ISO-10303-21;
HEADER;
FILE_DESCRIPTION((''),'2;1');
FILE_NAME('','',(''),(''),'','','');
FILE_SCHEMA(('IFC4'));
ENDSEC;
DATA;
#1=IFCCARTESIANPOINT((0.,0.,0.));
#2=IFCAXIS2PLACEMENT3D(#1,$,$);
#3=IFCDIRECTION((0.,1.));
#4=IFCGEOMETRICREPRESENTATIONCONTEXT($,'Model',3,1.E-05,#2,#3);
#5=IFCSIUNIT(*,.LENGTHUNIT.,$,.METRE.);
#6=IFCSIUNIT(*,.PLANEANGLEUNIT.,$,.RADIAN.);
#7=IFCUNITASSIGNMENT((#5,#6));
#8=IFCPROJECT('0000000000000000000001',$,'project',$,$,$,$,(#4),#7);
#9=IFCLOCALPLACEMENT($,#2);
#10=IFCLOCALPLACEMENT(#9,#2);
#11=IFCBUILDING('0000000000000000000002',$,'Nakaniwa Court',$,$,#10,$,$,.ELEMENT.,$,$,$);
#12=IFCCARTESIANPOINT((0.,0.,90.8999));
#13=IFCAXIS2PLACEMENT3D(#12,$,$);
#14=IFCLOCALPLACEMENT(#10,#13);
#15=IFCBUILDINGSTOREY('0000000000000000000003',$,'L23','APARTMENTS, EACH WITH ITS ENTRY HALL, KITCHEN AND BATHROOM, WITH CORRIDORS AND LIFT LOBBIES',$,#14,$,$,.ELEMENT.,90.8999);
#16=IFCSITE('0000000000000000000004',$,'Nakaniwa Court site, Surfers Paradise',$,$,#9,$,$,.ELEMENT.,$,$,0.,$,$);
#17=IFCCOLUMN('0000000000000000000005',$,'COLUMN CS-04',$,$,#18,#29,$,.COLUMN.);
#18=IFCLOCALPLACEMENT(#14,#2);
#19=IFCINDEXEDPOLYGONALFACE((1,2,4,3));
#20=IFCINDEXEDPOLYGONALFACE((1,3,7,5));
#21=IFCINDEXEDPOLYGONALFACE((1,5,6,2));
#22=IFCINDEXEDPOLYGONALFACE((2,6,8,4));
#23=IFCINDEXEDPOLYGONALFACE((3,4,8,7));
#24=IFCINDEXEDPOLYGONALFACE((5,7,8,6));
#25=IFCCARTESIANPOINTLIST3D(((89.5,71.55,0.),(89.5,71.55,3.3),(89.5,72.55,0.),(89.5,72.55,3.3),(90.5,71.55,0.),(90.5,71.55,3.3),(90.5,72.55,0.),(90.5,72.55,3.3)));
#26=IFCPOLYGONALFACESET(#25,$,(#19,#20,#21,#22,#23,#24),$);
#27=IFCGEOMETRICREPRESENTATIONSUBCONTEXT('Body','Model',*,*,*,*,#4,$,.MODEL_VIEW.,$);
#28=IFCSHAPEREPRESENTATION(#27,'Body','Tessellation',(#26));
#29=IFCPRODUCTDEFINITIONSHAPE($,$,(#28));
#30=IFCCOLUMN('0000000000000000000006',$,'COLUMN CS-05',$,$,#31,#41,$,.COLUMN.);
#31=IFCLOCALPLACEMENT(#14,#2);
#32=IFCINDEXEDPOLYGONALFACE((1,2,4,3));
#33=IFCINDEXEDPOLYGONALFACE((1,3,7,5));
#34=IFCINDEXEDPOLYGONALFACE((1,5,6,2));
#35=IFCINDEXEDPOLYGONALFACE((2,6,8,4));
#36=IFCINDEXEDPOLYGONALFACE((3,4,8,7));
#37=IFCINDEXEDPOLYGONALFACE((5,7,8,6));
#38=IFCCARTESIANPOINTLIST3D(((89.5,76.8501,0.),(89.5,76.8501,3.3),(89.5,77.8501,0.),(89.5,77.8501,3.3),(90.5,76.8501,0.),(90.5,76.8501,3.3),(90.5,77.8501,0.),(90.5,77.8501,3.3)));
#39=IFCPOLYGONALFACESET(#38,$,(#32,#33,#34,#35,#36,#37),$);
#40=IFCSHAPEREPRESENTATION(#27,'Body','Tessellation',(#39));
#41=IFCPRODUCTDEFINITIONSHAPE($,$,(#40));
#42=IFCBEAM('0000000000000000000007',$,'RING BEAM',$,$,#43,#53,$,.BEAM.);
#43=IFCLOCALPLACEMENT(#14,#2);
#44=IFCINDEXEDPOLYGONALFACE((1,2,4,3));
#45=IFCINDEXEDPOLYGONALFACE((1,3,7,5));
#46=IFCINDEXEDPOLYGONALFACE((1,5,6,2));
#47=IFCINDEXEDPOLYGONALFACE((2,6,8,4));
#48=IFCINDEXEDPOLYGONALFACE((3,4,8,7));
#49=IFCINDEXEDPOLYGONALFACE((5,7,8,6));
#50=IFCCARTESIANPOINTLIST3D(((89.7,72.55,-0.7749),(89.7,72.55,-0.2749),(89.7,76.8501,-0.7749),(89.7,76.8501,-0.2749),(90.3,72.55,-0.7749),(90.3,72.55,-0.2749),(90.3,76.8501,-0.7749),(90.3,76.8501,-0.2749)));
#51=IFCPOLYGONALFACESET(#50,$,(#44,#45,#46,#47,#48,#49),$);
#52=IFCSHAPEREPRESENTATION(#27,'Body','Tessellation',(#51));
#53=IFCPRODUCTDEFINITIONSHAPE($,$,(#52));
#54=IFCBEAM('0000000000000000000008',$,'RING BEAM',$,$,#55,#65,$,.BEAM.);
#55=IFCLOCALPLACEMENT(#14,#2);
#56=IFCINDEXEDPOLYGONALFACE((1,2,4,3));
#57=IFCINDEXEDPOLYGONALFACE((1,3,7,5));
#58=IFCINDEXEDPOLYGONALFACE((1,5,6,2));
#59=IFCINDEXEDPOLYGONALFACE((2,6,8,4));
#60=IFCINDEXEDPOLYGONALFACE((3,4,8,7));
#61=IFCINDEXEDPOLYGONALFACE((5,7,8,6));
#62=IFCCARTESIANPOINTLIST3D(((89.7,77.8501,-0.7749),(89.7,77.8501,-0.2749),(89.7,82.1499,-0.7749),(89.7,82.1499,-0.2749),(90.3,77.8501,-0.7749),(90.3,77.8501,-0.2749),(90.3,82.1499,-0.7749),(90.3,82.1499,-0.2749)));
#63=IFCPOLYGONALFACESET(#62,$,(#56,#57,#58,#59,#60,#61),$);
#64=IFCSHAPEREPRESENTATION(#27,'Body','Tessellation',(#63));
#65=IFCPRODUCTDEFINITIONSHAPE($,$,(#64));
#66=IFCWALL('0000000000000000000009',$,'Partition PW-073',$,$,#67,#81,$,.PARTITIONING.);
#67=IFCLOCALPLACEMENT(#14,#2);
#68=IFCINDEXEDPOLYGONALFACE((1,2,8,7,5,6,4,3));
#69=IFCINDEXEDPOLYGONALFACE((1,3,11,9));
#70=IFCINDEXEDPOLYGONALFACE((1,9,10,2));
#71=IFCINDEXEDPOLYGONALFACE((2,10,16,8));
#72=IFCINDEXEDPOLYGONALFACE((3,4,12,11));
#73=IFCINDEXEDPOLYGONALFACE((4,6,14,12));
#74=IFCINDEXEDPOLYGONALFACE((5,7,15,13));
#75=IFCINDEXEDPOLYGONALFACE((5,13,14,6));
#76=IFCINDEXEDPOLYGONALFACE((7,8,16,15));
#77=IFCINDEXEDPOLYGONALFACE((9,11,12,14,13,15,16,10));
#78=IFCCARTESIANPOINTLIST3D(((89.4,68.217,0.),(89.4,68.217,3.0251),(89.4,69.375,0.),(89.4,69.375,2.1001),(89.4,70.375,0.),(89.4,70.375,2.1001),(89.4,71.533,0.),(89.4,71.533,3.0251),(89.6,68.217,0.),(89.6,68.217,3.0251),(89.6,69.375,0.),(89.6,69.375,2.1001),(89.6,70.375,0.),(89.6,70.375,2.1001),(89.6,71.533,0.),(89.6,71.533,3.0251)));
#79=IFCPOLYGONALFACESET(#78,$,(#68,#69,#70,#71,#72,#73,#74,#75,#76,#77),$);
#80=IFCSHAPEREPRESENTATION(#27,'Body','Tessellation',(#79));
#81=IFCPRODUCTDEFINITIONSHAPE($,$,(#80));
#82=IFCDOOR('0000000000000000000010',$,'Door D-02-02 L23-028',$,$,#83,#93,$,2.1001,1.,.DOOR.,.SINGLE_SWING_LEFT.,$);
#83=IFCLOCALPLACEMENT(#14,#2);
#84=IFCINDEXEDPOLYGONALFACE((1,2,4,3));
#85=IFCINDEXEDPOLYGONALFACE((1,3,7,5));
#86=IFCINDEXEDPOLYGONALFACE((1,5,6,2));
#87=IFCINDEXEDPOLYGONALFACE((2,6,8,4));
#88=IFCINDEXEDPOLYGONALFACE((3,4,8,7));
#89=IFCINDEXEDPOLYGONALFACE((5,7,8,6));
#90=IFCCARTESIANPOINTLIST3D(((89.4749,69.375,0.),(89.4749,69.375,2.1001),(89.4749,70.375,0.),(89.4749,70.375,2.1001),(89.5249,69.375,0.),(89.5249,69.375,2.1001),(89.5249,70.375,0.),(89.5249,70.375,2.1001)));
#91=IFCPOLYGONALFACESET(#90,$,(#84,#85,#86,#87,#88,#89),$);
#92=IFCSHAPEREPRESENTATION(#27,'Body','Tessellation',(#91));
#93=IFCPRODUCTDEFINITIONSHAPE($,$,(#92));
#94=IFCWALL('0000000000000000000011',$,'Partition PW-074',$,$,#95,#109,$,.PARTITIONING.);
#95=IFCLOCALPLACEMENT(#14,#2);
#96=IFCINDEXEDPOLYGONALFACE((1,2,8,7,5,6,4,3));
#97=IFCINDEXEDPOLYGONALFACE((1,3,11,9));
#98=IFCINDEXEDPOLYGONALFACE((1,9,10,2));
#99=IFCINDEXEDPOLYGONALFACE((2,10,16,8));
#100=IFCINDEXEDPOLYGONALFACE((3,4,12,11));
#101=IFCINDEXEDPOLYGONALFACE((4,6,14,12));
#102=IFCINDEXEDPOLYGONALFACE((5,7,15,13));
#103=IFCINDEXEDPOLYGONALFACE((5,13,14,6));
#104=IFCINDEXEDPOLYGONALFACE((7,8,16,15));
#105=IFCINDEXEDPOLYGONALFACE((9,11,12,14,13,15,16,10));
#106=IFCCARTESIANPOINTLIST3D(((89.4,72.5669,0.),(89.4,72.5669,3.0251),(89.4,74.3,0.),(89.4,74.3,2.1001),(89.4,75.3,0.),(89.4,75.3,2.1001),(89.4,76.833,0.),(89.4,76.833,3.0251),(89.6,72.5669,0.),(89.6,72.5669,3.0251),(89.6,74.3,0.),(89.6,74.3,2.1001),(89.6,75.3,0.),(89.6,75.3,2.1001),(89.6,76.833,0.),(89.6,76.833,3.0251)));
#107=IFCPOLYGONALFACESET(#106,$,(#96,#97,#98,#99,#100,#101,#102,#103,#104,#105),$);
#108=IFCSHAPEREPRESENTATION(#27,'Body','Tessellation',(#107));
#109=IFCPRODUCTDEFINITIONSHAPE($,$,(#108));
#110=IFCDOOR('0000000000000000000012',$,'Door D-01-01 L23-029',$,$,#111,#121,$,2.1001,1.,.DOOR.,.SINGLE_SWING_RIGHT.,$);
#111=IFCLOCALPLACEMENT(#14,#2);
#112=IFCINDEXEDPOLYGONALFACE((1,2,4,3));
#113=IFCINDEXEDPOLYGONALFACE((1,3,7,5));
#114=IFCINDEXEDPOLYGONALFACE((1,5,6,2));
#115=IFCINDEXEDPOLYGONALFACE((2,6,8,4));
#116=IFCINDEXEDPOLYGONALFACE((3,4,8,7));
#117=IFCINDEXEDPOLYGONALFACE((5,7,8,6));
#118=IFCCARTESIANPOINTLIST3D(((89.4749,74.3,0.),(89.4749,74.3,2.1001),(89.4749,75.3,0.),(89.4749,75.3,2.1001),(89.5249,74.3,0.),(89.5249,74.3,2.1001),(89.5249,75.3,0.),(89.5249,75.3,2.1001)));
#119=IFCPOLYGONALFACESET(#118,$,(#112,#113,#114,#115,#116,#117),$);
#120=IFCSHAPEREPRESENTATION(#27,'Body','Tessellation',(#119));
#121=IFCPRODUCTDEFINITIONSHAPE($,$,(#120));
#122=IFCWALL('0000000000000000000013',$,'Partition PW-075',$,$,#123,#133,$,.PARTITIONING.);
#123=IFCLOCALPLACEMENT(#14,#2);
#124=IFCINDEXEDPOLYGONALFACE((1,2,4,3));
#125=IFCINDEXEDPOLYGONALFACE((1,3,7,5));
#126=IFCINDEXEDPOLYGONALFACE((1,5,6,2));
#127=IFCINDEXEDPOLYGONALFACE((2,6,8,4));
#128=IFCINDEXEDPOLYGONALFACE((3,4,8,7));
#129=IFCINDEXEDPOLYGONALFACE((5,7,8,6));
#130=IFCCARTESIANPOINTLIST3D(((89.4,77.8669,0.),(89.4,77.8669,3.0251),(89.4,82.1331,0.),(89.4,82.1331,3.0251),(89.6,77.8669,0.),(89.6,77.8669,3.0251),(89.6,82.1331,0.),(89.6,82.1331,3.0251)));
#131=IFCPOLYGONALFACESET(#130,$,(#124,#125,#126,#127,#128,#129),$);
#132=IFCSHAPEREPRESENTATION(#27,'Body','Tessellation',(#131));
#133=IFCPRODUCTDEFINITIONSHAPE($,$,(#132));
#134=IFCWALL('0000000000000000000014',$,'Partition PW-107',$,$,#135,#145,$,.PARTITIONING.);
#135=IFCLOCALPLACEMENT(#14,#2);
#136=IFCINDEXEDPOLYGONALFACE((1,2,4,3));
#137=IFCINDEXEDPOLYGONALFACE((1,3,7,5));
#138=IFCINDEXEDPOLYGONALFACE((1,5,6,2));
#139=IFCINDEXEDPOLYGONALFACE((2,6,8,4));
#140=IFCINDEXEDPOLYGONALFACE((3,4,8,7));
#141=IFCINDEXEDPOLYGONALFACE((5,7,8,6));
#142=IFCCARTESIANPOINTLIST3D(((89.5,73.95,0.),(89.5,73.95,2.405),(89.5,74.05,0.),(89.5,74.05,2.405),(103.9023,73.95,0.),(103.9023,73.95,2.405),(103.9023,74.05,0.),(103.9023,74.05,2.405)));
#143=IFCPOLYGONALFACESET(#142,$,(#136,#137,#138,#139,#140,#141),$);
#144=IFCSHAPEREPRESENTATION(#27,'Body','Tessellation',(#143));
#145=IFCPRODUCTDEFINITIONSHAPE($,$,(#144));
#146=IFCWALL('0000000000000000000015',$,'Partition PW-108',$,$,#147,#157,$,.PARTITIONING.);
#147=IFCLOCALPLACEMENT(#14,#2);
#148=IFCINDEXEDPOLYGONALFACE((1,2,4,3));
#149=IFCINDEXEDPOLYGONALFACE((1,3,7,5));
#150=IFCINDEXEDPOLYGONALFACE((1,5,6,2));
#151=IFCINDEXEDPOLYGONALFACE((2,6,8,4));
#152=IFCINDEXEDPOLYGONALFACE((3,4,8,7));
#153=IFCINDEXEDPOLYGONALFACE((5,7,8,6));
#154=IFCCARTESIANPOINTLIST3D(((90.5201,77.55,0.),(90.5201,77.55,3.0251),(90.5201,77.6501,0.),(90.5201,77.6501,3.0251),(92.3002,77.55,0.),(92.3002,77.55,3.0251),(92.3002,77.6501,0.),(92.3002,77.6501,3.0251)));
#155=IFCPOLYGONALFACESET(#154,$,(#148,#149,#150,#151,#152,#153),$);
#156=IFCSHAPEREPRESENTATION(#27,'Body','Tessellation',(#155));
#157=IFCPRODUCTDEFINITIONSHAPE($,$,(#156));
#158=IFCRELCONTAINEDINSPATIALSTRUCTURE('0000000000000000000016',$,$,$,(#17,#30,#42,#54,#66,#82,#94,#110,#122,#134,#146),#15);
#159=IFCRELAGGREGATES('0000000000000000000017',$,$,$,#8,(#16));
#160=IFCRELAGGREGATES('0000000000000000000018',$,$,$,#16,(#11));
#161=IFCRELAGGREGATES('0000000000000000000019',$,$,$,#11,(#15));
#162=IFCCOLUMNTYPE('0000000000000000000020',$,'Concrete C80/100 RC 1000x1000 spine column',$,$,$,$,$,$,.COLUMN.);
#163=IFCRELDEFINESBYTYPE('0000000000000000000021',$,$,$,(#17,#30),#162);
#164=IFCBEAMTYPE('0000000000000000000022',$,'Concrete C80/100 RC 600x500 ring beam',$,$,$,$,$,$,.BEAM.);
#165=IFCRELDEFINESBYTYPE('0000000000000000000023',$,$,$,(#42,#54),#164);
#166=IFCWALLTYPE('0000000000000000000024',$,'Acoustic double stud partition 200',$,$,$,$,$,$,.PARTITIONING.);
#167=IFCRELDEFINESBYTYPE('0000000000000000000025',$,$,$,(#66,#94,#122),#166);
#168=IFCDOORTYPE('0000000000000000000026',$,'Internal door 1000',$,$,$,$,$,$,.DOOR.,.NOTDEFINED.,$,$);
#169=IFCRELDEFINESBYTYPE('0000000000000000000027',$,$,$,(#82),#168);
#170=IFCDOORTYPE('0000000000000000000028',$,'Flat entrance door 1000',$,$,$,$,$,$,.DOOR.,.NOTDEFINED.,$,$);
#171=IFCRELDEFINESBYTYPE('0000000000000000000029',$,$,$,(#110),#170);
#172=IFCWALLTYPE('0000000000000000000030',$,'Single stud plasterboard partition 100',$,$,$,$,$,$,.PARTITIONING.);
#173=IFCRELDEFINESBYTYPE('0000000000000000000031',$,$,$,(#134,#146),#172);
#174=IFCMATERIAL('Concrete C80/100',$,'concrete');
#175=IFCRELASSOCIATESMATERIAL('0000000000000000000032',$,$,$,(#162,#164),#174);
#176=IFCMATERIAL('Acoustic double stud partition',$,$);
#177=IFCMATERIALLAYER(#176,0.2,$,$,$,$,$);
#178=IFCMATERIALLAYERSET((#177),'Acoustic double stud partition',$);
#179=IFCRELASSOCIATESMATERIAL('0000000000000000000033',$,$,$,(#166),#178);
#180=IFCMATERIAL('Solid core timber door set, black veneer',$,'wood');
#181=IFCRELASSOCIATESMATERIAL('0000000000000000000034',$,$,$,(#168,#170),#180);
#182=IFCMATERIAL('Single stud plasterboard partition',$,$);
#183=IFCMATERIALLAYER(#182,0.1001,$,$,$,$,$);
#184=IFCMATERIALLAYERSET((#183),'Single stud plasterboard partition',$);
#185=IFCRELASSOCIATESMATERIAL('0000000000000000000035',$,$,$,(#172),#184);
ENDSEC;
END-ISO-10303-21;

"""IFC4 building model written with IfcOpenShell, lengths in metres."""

from ifc_helpers import new_model, si_unit, direction, frame, frame_2d, origin, origin_2d, place, context, subcontext, project, spatial, rectangle, extrude, material, layer, layer_set, material_profile, profile_set, type_object, element, fill, save


model = new_model("IFC4")

# Units and contexts
model_context = context("Model", 3, precision=1e-05, world=origin(), true_north=direction((0.0, 1.0)))
body_context = subcontext(model_context, "Body", "Model", "MODEL_VIEW")
ifc_project = project(units=[si_unit("LENGTHUNIT", "METRE"), si_unit("PLANEANGLEUNIT", "RADIAN")], contexts=[model_context])

# Site, building, storey
site_placement = place(None, origin())
site = spatial("IfcSite", under=ifc_project, at=site_placement, Name="Nakaniwa Court site, Surfers Paradise", CompositionType="ELEMENT", RefElevation=0.0)
building_placement = place(site_placement, origin())
building = spatial("IfcBuilding", under=site, at=building_placement, Name="Nakaniwa Court", CompositionType="ELEMENT")
storey_placement = place(building_placement, frame((0.0, 0.0, 90.8999)))
storey = spatial("IfcBuildingStorey", under=building, at=storey_placement, Name="L23", Description="APARTMENTS, EACH WITH ITS ENTRY HALL, KITCHEN AND BATHROOM, WITH CORRIDORS AND LIFT LOBBIES", CompositionType="ELEMENT", Elevation=90.8999)

# Columns
ifc_material_1 = material(Name="Concrete C80/100", Category="concrete")
ifc_material_profile_1 = material_profile(ifc_material_1, rectangle(XDim=1.0, YDim=1.0, at=origin_2d()), Name="Concrete C80/100 RC 1000x1000 spine column")
ifc_profile_set_1 = profile_set([ifc_material_profile_1], Name="Concrete C80/100")
column_type = type_object("IfcColumnType", Name="Concrete C80/100 RC 1000x1000 spine column", PredefinedType="COLUMN", material=ifc_profile_set_1)
for number, where, z_axis, x_axis, name in (
    (1, (90.0, 72.05, 0.0), (0.0, 0.0, 1.0), (0.0, 1.0, 0.0), "COLUMN CS-04"),
    (2, (90.0, 77.3501, 0.0), (0.0, 0.0, 1.0), (0.0, 1.0, 0.0), "COLUMN CS-05"),
):
    element("IfcColumn", number, at=place(storey_placement, frame(where, z_axis=z_axis, x_axis=x_axis)), inside=storey, type_object=column_type, Name=name, PredefinedType="COLUMN", context=body_context, shape_type="SweptSolid", body=[
        extrude(rectangle(XDim=1.0, YDim=1.0, at=origin_2d()), origin(), (0.0, 0.0, 1.0), 3.3),
    ])

# Beams
ifc_material_profile_2 = material_profile(ifc_material_1, rectangle(XDim=0.6001, YDim=0.5, at=origin_2d()), Name="Concrete C80/100 RC 600x500 ring beam")
ifc_profile_set_2 = profile_set([ifc_material_profile_2], Name="Concrete C80/100")
beam_type = type_object("IfcBeamType", Name="Concrete C80/100 RC 600x500 ring beam", PredefinedType="BEAM", material=ifc_profile_set_2)
beam_1_placement = place(storey_placement, frame((90.0, 72.55, -0.5249), z_axis=(0.0, 1.0, 0.0), x_axis=(-1.0, 0.0, 0.0)))
element("IfcBeam", 3, at=beam_1_placement, inside=storey, type_object=beam_type, Name="RING BEAM", PredefinedType="BEAM", context=body_context, shape_type="SweptSolid", body=[
    extrude(rectangle(XDim=0.6001, YDim=0.5, at=origin_2d()), origin(), (0.0, 0.0, 1.0), 4.3),
])
beam_2_placement = place(storey_placement, frame((90.0, 77.8501, -0.5249), z_axis=(0.0, 1.0, 0.0), x_axis=(-1.0, 0.0, 0.0)))
element("IfcBeam", 4, at=beam_2_placement, inside=storey, type_object=beam_type, Name="RING BEAM", PredefinedType="BEAM", context=body_context, shape_type="SweptSolid", body=[
    extrude(rectangle(XDim=0.6001, YDim=0.5, at=origin_2d()), origin(), (0.0, 0.0, 1.0), 4.2998),
])

# Walls, openings, doors
ifc_material_2 = material(Name="Acoustic double stud partition")
ifc_layer_1 = layer(ifc_material_2, 0.2)
ifc_layer_set_1 = layer_set([ifc_layer_1], Name="Acoustic double stud partition")
wall_type_1 = type_object("IfcWallType", Name="Acoustic double stud partition 200", PredefinedType="PARTITIONING", material=ifc_layer_set_1)
wall_1_placement = place(storey_placement, frame((89.5, 71.533, 0.0), z_axis=(0.0, 0.0, 1.0), x_axis=(0.0, -1.0, 0.0)))
wall_1 = element("IfcWall", 5, at=wall_1_placement, inside=storey, type_object=wall_type_1, Name="Partition PW-073", PredefinedType="PARTITIONING", context=body_context, shape_type="SweptSolid", body=[
    extrude(rectangle(XDim=3.3159, YDim=0.2, at=frame_2d((1.658, 0.0))), origin(), (0.0, 0.0, 1.0), 3.0251),
])
opening_1_placement = place(wall_1_placement, frame((1.158, 0.0, 0.0)))
opening_1 = element("IfcOpeningElement", 6, at=opening_1_placement, cuts=wall_1, PredefinedType="OPENING", context=body_context, shape_type="SweptSolid", body=[
    extrude(rectangle(XDim=1.0, YDim=2.1001, at=frame_2d((0.5, 1.05))), frame((0.0, 0.1099, 0.0), z_axis=(0.0, -1.0, 0.0), x_axis=(1.0, 0.0, 0.0)), (0.0, 0.0, 1.0), 0.22),
])
ifc_material_3 = material(Name="Solid core timber door set, black veneer", Category="wood")
door_type_1 = type_object("IfcDoorType", Name="Internal door 1000", OperationType="NOTDEFINED", PredefinedType="DOOR", material=ifc_material_3)
door_1_placement = place(opening_1_placement, origin())
door_1 = element("IfcDoor", 7, at=door_1_placement, inside=storey, type_object=door_type_1, Name="Door D-02-02 L23-028", OperationType="SINGLE_SWING_LEFT", OverallHeight=2.1001, OverallWidth=1.0, PredefinedType="DOOR", context=body_context, shape_type="SweptSolid", body=[
    extrude(rectangle(XDim=1.0, YDim=2.1001, at=frame_2d((0.5, 1.05))), frame((0.0, 0.0249, 0.0), z_axis=(0.0, -1.0, 0.0), x_axis=(1.0, 0.0, 0.0)), (0.0, 0.0, 1.0), 0.05),
])
fill(opening_1, door_1)
wall_2_placement = place(storey_placement, frame((89.5, 76.833, 0.0), z_axis=(0.0, 0.0, 1.0), x_axis=(0.0, -1.0, 0.0)))
wall_2 = element("IfcWall", 8, at=wall_2_placement, inside=storey, type_object=wall_type_1, Name="Partition PW-074", PredefinedType="PARTITIONING", context=body_context, shape_type="SweptSolid", body=[
    extrude(rectangle(XDim=4.2661, YDim=0.2, at=frame_2d((2.1331, 0.0))), origin(), (0.0, 0.0, 1.0), 3.0251),
])
opening_2_placement = place(wall_2_placement, frame((1.533, 0.0, 0.0)))
opening_2 = element("IfcOpeningElement", 9, at=opening_2_placement, cuts=wall_2, PredefinedType="OPENING", context=body_context, shape_type="SweptSolid", body=[
    extrude(rectangle(XDim=1.0, YDim=2.1001, at=frame_2d((0.5, 1.05))), frame((0.0, 0.1099, 0.0), z_axis=(0.0, -1.0, 0.0), x_axis=(1.0, 0.0, 0.0)), (0.0, 0.0, 1.0), 0.22),
])
door_type_2 = type_object("IfcDoorType", Name="Flat entrance door 1000", OperationType="NOTDEFINED", PredefinedType="DOOR", material=ifc_material_3)
door_2_placement = place(opening_2_placement, origin())
door_2 = element("IfcDoor", 10, at=door_2_placement, inside=storey, type_object=door_type_2, Name="Door D-01-01 L23-029", OperationType="SINGLE_SWING_RIGHT", OverallHeight=2.1001, OverallWidth=1.0, PredefinedType="DOOR", context=body_context, shape_type="SweptSolid", body=[
    extrude(rectangle(XDim=1.0, YDim=2.1001, at=frame_2d((0.5, 1.05))), frame((0.0, 0.0249, 0.0), z_axis=(0.0, -1.0, 0.0), x_axis=(1.0, 0.0, 0.0)), (0.0, 0.0, 1.0), 0.05),
])
fill(opening_2, door_2)

# Walls
wall_3_placement = place(storey_placement, frame((89.5, 77.8669, 0.0), z_axis=(0.0, 0.0, 1.0), x_axis=(0.0, 1.0, 0.0)))
element("IfcWall", 11, at=wall_3_placement, inside=storey, type_object=wall_type_1, Name="Partition PW-075", PredefinedType="PARTITIONING", context=body_context, shape_type="SweptSolid", body=[
    extrude(rectangle(XDim=4.2661, YDim=0.2, at=frame_2d((2.1331, 0.0))), origin(), (0.0, 0.0, 1.0), 3.0251),
])
ifc_material_4 = material(Name="Single stud plasterboard partition")
ifc_layer_2 = layer(ifc_material_4, 0.1001)
ifc_layer_set_2 = layer_set([ifc_layer_2], Name="Single stud plasterboard partition")
wall_type_2 = type_object("IfcWallType", Name="Single stud plasterboard partition 100", PredefinedType="PARTITIONING", material=ifc_layer_set_2)
wall_4_placement = place(storey_placement, frame((89.5, 74.0, 0.0), z_axis=(0.0, 0.0, 1.0), x_axis=(1.0, 0.0, 0.0)))
element("IfcWall", 12, at=wall_4_placement, inside=storey, type_object=wall_type_2, Name="Partition PW-107", PredefinedType="PARTITIONING", context=body_context, shape_type="SweptSolid", body=[
    extrude(rectangle(XDim=14.4023, YDim=0.1001, at=frame_2d((7.2012, 0.0))), origin(), (0.0, 0.0, 1.0), 2.405),
])
wall_5_placement = place(storey_placement, frame((90.52, 77.6001, 0.0), z_axis=(0.0, 0.0, 1.0), x_axis=(1.0, 0.0, 0.0)))
element("IfcWall", 13, at=wall_5_placement, inside=storey, type_object=wall_type_2, Name="Partition PW-108", PredefinedType="PARTITIONING", context=body_context, shape_type="SweptSolid", body=[
    extrude(rectangle(XDim=1.78, YDim=0.1001, at=frame_2d((0.8901, 0.0))), origin(), (0.0, 0.0, 1.0), 3.0251),
])

save(model, "model.ifc")
